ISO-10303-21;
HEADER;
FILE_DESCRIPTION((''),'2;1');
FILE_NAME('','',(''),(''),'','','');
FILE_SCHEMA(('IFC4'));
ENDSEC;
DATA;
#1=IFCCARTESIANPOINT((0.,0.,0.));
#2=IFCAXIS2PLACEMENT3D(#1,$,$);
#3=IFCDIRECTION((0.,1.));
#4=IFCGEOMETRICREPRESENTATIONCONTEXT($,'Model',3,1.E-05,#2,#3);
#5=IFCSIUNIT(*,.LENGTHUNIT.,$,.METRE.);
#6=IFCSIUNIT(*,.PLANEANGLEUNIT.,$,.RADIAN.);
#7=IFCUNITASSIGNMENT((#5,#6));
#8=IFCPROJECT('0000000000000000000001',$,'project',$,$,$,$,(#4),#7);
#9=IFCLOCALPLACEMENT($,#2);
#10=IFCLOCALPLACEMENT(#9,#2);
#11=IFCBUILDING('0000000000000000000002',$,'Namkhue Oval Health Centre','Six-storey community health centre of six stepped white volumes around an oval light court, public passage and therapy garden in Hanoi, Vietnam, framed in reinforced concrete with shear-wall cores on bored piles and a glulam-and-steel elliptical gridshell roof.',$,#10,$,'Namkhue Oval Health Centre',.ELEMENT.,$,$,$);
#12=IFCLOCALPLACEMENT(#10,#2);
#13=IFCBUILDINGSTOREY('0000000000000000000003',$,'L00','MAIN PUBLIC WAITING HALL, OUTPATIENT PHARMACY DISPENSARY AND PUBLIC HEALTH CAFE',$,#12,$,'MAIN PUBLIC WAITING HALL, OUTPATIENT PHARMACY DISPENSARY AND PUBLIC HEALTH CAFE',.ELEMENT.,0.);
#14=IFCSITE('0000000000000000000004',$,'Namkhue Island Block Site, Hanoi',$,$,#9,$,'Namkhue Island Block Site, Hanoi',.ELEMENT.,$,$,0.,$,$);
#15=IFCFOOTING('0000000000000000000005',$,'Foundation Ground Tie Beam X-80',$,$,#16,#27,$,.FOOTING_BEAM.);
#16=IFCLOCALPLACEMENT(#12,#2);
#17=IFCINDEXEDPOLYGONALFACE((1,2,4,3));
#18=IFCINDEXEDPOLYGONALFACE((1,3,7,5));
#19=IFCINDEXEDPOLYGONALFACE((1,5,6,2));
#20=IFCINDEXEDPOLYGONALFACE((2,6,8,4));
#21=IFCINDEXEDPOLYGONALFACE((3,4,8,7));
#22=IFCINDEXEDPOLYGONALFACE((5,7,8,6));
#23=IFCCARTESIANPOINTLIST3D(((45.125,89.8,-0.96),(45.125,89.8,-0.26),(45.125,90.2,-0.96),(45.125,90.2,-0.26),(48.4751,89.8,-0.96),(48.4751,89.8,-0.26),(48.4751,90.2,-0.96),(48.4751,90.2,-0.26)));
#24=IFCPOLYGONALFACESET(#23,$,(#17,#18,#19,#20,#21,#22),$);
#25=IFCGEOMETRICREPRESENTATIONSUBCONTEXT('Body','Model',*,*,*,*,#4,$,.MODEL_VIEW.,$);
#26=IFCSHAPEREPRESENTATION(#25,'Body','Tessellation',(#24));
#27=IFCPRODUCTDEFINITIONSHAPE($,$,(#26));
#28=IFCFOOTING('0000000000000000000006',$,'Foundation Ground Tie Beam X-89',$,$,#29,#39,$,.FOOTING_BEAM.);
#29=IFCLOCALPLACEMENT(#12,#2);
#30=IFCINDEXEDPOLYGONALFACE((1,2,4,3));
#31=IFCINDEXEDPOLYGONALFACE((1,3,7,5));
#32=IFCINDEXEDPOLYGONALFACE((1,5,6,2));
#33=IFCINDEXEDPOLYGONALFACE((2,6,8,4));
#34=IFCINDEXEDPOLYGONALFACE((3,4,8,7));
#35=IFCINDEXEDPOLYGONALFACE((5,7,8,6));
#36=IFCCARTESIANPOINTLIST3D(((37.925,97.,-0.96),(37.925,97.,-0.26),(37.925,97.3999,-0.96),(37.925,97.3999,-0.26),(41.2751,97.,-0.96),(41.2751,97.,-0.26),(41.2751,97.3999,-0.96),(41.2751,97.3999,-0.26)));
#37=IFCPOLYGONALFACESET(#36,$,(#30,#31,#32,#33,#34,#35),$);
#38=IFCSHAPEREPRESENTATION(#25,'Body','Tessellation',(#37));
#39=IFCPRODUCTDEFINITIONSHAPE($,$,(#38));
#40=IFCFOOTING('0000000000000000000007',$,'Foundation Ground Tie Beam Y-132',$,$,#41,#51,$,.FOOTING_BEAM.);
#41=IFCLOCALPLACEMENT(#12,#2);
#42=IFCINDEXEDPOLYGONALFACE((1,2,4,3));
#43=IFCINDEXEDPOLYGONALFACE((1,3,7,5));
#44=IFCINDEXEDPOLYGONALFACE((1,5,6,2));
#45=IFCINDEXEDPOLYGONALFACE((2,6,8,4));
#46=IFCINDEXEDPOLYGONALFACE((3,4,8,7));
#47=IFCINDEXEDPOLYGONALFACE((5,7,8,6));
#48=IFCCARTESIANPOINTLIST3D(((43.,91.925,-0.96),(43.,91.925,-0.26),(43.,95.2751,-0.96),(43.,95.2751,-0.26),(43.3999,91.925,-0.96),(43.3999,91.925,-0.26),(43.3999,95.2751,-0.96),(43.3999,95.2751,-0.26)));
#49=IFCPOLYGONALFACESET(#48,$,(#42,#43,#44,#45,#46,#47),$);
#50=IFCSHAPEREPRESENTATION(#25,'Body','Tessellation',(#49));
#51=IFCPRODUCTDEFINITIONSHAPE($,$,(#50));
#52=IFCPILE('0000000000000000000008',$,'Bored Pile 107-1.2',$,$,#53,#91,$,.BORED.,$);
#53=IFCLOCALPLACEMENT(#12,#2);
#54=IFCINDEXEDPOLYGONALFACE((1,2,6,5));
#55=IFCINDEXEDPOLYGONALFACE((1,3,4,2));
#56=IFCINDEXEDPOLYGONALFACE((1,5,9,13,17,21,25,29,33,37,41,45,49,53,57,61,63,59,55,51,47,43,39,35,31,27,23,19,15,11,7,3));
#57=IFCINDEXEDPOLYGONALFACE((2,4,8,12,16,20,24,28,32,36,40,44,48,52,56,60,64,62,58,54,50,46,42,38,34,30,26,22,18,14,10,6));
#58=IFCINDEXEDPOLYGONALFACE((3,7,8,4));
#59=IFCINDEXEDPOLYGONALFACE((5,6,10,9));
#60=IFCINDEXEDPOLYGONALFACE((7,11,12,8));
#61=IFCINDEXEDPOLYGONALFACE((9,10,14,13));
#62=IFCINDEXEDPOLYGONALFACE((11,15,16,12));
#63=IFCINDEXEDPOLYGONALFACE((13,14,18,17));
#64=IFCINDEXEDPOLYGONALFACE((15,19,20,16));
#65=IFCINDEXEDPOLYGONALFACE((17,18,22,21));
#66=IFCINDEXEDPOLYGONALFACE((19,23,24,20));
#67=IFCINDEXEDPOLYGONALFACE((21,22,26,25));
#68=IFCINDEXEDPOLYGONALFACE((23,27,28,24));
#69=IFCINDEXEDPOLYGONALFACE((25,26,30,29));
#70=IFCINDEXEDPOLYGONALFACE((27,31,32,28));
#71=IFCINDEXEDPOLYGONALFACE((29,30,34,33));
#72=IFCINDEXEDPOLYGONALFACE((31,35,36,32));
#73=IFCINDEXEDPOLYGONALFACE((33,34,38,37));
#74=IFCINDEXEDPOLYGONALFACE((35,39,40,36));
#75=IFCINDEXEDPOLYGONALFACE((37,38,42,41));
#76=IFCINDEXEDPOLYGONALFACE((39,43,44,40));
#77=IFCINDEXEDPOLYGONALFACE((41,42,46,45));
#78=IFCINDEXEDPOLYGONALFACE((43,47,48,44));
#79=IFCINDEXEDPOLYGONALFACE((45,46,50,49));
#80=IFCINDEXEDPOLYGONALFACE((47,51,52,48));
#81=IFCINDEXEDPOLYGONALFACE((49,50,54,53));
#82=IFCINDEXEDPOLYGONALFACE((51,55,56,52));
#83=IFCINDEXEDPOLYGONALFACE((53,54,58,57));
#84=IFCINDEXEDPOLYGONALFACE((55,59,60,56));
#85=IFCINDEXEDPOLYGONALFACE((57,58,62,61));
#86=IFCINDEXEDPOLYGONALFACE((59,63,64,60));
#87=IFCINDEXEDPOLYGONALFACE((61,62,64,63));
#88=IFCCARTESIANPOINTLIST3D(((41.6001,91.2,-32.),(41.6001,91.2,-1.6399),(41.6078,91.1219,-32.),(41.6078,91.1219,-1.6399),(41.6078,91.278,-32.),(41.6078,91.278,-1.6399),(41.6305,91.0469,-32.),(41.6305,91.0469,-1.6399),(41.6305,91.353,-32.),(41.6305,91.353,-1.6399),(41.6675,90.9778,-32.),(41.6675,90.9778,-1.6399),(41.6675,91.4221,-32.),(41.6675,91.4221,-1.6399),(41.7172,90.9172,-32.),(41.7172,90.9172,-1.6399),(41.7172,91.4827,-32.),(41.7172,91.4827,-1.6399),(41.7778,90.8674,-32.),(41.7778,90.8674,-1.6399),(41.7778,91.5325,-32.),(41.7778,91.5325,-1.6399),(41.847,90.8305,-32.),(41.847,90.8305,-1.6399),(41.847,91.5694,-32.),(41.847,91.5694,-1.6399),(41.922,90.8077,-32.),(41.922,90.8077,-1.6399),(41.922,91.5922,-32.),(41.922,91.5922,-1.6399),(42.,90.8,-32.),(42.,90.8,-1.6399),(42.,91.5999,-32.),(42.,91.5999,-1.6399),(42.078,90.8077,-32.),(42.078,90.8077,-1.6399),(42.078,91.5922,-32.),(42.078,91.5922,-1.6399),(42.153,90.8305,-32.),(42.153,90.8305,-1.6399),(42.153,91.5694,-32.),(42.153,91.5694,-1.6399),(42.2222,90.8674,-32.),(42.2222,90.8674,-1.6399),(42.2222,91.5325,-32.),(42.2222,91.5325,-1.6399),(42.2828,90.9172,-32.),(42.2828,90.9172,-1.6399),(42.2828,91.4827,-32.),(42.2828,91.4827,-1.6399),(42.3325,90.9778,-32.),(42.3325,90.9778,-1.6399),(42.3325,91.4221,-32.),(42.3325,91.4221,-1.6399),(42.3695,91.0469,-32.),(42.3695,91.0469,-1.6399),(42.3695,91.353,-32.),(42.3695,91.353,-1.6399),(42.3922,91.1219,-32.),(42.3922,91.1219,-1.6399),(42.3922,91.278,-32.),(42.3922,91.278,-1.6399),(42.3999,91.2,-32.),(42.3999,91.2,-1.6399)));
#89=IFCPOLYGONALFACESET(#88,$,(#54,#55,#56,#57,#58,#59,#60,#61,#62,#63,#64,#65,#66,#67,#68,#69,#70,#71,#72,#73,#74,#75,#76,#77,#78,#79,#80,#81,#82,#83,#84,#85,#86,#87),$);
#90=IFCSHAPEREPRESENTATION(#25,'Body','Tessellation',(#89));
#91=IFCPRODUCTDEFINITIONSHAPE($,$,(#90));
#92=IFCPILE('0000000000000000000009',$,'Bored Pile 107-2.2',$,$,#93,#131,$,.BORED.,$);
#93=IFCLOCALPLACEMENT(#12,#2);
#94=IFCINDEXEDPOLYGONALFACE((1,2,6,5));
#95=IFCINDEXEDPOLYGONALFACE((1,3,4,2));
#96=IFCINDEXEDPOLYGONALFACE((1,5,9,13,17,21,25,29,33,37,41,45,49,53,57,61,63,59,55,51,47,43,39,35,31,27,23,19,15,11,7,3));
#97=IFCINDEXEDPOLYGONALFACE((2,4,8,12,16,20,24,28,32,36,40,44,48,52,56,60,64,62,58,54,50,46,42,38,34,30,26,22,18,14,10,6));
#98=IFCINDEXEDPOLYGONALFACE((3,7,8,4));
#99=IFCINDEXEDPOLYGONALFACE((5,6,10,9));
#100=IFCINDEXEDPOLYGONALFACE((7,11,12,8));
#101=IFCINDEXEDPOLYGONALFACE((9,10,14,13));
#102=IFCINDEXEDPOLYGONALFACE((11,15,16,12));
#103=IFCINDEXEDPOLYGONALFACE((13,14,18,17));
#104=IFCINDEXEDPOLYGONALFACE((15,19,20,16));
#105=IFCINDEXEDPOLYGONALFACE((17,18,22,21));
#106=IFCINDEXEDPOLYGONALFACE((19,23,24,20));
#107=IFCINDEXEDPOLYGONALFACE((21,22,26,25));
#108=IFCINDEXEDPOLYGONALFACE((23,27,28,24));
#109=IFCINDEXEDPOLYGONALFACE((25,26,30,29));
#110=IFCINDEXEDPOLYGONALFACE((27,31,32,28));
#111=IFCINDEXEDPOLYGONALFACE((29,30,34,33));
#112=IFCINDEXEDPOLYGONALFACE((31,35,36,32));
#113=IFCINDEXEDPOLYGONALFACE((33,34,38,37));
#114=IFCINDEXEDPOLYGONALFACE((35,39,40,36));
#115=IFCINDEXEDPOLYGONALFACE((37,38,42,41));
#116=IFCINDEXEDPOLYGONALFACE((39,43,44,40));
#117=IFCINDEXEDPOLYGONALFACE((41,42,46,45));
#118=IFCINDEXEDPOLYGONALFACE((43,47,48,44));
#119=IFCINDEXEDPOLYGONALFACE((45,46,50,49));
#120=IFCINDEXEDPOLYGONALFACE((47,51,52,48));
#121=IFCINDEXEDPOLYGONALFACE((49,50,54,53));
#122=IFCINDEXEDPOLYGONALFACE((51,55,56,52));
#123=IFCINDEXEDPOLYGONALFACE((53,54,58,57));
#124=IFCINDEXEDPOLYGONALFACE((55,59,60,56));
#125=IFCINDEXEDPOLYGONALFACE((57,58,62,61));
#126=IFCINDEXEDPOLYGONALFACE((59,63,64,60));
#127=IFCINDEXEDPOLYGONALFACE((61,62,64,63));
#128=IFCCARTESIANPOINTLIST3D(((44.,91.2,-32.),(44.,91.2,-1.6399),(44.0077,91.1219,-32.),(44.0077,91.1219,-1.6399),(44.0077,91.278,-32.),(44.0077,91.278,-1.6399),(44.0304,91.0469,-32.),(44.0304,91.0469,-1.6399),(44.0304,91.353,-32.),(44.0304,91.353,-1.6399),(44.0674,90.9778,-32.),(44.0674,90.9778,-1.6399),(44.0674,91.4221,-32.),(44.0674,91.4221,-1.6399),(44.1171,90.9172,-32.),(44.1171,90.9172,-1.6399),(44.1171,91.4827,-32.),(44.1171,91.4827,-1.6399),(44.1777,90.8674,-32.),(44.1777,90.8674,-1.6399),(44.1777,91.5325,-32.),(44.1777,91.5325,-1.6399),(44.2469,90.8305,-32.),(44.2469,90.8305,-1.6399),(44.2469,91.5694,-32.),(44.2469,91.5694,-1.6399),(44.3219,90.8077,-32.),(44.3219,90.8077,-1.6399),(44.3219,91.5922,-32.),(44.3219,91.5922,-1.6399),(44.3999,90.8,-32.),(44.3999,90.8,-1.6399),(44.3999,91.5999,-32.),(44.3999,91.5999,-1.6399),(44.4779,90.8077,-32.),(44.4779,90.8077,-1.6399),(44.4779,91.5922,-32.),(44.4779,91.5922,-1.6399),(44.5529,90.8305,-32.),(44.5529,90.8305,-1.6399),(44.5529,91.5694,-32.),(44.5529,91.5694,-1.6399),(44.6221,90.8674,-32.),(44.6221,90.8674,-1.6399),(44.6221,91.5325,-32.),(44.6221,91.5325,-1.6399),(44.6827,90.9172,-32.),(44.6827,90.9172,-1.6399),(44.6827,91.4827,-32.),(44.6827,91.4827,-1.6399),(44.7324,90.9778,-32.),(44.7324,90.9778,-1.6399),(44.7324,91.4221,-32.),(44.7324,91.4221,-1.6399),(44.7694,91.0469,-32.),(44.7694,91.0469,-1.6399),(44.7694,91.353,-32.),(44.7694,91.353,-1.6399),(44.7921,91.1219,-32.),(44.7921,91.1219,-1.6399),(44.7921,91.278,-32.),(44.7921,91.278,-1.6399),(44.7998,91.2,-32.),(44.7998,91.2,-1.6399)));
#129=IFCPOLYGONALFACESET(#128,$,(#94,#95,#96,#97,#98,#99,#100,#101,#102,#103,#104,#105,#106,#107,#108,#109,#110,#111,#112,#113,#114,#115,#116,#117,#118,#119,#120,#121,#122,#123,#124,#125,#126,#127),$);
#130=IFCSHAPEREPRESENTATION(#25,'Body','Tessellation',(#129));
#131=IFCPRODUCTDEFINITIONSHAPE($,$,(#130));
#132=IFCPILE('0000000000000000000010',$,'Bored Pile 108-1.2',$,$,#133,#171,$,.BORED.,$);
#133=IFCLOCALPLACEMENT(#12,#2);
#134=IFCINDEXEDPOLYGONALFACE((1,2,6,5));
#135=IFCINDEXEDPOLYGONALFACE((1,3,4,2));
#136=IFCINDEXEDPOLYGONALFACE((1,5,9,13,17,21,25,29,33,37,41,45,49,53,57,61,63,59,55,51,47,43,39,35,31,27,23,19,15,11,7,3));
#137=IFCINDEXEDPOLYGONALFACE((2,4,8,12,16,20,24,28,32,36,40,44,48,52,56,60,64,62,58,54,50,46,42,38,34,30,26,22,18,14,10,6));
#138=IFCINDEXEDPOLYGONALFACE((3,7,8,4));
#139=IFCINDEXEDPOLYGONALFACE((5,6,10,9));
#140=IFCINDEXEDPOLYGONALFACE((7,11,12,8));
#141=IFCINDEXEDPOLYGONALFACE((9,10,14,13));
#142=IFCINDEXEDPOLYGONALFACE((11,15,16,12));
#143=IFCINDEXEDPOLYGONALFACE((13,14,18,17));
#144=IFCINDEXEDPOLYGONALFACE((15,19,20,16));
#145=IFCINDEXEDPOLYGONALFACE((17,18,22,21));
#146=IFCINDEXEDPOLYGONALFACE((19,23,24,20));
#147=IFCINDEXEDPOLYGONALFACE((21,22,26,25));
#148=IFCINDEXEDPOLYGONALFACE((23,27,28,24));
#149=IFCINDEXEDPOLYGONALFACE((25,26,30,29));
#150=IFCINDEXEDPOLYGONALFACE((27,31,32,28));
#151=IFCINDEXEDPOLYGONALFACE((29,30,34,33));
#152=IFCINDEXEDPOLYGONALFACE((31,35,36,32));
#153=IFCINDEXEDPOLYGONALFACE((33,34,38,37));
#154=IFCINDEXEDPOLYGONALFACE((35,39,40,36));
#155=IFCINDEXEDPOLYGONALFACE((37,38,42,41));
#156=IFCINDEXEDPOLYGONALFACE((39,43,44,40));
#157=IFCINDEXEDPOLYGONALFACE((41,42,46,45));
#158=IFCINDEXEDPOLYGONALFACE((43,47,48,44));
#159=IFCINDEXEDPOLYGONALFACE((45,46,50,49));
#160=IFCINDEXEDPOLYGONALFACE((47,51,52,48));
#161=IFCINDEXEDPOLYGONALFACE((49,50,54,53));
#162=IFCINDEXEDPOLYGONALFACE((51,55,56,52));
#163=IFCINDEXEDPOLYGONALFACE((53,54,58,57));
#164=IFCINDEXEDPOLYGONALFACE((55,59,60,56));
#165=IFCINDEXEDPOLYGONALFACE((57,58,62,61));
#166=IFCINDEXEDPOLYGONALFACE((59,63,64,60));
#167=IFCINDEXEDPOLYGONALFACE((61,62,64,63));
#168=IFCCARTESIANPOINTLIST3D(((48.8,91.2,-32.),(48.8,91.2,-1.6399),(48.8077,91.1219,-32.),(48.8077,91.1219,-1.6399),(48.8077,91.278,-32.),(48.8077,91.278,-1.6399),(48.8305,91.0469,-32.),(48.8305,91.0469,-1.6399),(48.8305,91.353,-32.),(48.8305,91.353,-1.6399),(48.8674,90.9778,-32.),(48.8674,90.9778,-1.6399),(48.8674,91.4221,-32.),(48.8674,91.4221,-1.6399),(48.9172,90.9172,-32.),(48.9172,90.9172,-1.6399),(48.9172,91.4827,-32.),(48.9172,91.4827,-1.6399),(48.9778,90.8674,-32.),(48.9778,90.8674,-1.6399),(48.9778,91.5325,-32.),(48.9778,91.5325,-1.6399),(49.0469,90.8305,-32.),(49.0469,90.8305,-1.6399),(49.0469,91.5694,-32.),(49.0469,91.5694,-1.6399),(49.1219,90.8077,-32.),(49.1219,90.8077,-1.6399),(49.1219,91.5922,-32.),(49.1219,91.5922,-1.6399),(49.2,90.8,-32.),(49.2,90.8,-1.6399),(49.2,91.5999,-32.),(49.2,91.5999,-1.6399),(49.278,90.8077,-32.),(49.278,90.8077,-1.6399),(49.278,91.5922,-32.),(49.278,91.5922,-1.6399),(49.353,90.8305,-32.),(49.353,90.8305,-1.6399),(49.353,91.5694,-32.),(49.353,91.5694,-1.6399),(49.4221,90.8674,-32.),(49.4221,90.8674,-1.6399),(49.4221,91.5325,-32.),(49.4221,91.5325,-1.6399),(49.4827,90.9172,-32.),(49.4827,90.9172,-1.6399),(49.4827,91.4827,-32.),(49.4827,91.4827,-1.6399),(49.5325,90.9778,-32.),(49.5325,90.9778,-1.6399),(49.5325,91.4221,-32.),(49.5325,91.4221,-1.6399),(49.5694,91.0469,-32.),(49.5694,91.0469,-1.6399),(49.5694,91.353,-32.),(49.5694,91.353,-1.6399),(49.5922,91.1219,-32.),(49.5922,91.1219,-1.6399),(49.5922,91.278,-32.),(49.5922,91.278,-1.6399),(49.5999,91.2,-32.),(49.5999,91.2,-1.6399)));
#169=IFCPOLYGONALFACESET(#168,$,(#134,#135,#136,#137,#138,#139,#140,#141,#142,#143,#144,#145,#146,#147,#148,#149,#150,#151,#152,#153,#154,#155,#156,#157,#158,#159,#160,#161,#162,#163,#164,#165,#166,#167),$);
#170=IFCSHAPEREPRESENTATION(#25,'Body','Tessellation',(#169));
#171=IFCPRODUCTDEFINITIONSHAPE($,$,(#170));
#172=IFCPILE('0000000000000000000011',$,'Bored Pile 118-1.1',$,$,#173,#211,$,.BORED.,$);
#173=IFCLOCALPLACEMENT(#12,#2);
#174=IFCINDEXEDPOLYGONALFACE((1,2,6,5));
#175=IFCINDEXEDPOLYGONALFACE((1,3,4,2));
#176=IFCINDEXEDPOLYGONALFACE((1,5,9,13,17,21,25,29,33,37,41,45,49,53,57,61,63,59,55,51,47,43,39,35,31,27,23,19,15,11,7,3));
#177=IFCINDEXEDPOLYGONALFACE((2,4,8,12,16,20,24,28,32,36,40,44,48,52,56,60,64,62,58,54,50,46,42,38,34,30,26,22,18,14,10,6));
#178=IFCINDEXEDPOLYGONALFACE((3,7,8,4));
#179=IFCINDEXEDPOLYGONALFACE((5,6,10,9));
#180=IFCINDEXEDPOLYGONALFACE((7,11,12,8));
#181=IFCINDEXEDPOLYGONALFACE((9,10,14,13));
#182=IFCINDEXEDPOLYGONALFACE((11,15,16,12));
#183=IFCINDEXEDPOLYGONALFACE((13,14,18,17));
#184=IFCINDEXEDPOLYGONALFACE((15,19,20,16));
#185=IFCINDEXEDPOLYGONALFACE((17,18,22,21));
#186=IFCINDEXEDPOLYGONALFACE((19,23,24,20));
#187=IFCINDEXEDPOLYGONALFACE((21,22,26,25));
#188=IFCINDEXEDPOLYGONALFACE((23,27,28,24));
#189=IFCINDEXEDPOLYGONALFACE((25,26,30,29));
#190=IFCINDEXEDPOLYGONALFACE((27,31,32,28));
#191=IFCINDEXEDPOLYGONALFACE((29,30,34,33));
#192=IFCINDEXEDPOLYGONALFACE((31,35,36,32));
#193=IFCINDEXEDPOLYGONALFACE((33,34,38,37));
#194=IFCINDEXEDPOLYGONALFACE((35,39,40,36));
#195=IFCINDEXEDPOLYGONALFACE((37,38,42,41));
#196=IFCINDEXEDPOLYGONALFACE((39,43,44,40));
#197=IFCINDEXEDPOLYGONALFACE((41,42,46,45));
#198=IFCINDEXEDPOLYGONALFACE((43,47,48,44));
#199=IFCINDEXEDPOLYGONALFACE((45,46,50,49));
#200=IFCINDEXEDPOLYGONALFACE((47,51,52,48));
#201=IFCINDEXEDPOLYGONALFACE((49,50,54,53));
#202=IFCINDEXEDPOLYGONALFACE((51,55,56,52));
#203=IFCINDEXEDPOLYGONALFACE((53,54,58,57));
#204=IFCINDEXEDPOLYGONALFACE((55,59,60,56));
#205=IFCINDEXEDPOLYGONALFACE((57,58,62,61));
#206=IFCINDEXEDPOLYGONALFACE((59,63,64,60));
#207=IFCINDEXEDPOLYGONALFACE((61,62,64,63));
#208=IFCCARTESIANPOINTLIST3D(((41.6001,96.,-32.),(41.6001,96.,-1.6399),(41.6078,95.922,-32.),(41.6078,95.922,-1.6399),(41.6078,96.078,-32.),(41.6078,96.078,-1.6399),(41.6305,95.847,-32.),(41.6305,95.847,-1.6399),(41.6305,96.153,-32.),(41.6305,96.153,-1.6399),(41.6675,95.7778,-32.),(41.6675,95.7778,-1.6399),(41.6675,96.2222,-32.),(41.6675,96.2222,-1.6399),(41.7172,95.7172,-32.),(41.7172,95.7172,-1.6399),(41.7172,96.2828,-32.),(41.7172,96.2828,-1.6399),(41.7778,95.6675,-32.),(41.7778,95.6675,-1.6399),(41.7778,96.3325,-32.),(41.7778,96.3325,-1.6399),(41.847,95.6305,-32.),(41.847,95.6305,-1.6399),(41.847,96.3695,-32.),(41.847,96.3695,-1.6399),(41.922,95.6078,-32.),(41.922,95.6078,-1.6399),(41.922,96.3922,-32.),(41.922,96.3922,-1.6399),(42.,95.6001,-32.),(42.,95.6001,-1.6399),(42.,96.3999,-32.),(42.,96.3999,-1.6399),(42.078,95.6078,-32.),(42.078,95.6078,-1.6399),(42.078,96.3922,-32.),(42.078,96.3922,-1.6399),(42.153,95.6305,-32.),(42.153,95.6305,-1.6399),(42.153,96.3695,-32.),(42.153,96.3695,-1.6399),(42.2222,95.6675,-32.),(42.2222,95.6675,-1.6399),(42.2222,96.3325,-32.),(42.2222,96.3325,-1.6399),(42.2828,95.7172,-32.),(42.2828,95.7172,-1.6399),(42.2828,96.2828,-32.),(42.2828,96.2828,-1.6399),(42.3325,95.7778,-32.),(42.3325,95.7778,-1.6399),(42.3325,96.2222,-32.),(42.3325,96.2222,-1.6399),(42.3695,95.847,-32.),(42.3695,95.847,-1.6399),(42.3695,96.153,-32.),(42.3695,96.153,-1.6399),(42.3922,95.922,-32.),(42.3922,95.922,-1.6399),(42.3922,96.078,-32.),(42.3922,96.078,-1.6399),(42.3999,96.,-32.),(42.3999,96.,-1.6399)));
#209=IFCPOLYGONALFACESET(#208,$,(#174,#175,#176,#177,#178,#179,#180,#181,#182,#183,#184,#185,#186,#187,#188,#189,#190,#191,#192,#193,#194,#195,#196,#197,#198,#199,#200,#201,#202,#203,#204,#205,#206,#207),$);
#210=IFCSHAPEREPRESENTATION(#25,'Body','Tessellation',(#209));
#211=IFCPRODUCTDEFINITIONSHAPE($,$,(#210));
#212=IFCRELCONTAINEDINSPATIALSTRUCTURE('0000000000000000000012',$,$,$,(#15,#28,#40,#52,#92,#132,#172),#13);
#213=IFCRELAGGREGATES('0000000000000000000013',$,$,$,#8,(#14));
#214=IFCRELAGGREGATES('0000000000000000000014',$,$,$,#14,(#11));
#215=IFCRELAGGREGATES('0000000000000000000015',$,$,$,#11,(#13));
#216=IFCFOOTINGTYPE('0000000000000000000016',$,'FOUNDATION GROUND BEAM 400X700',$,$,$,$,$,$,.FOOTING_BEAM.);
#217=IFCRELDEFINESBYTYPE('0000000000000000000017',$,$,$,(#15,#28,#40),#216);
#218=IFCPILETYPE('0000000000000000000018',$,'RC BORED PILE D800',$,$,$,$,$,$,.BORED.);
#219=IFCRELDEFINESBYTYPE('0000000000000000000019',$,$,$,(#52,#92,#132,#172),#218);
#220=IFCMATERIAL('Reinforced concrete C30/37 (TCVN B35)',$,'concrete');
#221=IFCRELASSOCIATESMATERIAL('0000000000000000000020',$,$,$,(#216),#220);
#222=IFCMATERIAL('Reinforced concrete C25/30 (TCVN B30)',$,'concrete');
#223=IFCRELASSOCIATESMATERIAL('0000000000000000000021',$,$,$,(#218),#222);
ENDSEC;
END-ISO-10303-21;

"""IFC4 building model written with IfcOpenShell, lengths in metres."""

from ifc_helpers import new_model, si_unit, direction, frame, origin, origin_2d, place, context, subcontext, project, spatial, rectangle, circle, extrude, material, material_profile, profile_set, type_object, element, save


model = new_model("IFC4")

# Units and contexts
model_context = context("Model", 3, precision=1e-05, world=origin(), true_north=direction((0.0, 1.0)))
body_context = subcontext(model_context, "Body", "Model", "MODEL_VIEW")
ifc_project = project(units=[si_unit("LENGTHUNIT", "METRE"), si_unit("PLANEANGLEUNIT", "RADIAN")], contexts=[model_context])

# Site, building, storey
site_placement = place(None, origin())
site = spatial("IfcSite", under=ifc_project, at=site_placement, Name="Namkhue Island Block Site, Hanoi", LongName="Namkhue Island Block Site, Hanoi", CompositionType="ELEMENT", RefElevation=0.0)
building_placement = place(site_placement, origin())
building = spatial("IfcBuilding", under=site, at=building_placement, Name="Namkhue Oval Health Centre", Description="Six-storey community health centre of six stepped white volumes around an oval light court, public passage and therapy garden in Hanoi, Vietnam, framed in reinforced concrete with shear-wall cores on bored piles and a glulam-and-steel elliptical gridshell roof.", LongName="Namkhue Oval Health Centre", CompositionType="ELEMENT")
storey_placement = place(building_placement, origin())
storey = spatial("IfcBuildingStorey", under=building, at=storey_placement, Name="L00", Description="MAIN PUBLIC WAITING HALL, OUTPATIENT PHARMACY DISPENSARY AND PUBLIC HEALTH CAFE", LongName="MAIN PUBLIC WAITING HALL, OUTPATIENT PHARMACY DISPENSARY AND PUBLIC HEALTH CAFE", CompositionType="ELEMENT", Elevation=0.0)

# Footings
ifc_material_1 = material(Name="Reinforced concrete C30/37 (TCVN B35)", Category="concrete")
footing_type = type_object("IfcFootingType", Name="FOUNDATION GROUND BEAM 400X700", PredefinedType="FOOTING_BEAM", material=ifc_material_1)
for number, where, z_axis, x_axis, name in (
    (1, (46.8, 90.0, -0.96), (0.0, 0.0, 1.0), (1.0, 0.0, 0.0), "Foundation Ground Tie Beam X-80"),
    (2, (39.6001, 97.2, -0.96), (0.0, 0.0, 1.0), (1.0, 0.0, 0.0), "Foundation Ground Tie Beam X-89"),
    (3, (43.2, 93.6001, -0.96), (0.0, 0.0, 1.0), (0.0, 1.0, 0.0), "Foundation Ground Tie Beam Y-132"),
):
    element("IfcFooting", number, at=place(storey_placement, frame(where, z_axis=z_axis, x_axis=x_axis)), inside=storey, type_object=footing_type, Name=name, PredefinedType="FOOTING_BEAM", context=body_context, shape_type="SweptSolid", body=[
        extrude(rectangle(XDim=3.3501, YDim=0.3999, at=origin_2d()), origin(), (0.0, 0.0, 1.0), 0.7),
    ])

# Piles
ifc_material_2 = material(Name="Reinforced concrete C25/30 (TCVN B30)", Category="concrete")
ifc_material_profile_1 = material_profile(ifc_material_2, circle(Radius=0.3999, at=origin_2d()), Name="BORED PILE D800")
ifc_profile_set_1 = profile_set([ifc_material_profile_1], Name="Reinforced concrete C25/30 (TCVN B30)")
pile_type = type_object("IfcPileType", Name="RC BORED PILE D800", PredefinedType="BORED", material=ifc_profile_set_1)
for number, where, z_axis, x_axis, name in (
    (4, (42.0, 91.2, -1.6399), (0.0, 0.0, -1.0), (1.0, 0.0, 0.0), "Bored Pile 107-1.2"),
    (5, (44.3999, 91.2, -1.6399), (0.0, 0.0, -1.0), (1.0, 0.0, 0.0), "Bored Pile 107-2.2"),
    (6, (49.2, 91.2, -1.6399), (0.0, 0.0, -1.0), (1.0, 0.0, 0.0), "Bored Pile 108-1.2"),
    (7, (42.0, 96.0, -1.6399), (0.0, 0.0, -1.0), (1.0, 0.0, 0.0), "Bored Pile 118-1.1"),
):
    element("IfcPile", number, at=place(storey_placement, frame(where, z_axis=z_axis, x_axis=x_axis)), inside=storey, type_object=pile_type, Name=name, PredefinedType="BORED", context=body_context, shape_type="SweptSolid", body=[
        extrude(circle(Radius=0.3999, at=origin_2d()), origin(), (0.0, 0.0, 1.0), 30.3601),
    ])

save(model, "model.ifc")
